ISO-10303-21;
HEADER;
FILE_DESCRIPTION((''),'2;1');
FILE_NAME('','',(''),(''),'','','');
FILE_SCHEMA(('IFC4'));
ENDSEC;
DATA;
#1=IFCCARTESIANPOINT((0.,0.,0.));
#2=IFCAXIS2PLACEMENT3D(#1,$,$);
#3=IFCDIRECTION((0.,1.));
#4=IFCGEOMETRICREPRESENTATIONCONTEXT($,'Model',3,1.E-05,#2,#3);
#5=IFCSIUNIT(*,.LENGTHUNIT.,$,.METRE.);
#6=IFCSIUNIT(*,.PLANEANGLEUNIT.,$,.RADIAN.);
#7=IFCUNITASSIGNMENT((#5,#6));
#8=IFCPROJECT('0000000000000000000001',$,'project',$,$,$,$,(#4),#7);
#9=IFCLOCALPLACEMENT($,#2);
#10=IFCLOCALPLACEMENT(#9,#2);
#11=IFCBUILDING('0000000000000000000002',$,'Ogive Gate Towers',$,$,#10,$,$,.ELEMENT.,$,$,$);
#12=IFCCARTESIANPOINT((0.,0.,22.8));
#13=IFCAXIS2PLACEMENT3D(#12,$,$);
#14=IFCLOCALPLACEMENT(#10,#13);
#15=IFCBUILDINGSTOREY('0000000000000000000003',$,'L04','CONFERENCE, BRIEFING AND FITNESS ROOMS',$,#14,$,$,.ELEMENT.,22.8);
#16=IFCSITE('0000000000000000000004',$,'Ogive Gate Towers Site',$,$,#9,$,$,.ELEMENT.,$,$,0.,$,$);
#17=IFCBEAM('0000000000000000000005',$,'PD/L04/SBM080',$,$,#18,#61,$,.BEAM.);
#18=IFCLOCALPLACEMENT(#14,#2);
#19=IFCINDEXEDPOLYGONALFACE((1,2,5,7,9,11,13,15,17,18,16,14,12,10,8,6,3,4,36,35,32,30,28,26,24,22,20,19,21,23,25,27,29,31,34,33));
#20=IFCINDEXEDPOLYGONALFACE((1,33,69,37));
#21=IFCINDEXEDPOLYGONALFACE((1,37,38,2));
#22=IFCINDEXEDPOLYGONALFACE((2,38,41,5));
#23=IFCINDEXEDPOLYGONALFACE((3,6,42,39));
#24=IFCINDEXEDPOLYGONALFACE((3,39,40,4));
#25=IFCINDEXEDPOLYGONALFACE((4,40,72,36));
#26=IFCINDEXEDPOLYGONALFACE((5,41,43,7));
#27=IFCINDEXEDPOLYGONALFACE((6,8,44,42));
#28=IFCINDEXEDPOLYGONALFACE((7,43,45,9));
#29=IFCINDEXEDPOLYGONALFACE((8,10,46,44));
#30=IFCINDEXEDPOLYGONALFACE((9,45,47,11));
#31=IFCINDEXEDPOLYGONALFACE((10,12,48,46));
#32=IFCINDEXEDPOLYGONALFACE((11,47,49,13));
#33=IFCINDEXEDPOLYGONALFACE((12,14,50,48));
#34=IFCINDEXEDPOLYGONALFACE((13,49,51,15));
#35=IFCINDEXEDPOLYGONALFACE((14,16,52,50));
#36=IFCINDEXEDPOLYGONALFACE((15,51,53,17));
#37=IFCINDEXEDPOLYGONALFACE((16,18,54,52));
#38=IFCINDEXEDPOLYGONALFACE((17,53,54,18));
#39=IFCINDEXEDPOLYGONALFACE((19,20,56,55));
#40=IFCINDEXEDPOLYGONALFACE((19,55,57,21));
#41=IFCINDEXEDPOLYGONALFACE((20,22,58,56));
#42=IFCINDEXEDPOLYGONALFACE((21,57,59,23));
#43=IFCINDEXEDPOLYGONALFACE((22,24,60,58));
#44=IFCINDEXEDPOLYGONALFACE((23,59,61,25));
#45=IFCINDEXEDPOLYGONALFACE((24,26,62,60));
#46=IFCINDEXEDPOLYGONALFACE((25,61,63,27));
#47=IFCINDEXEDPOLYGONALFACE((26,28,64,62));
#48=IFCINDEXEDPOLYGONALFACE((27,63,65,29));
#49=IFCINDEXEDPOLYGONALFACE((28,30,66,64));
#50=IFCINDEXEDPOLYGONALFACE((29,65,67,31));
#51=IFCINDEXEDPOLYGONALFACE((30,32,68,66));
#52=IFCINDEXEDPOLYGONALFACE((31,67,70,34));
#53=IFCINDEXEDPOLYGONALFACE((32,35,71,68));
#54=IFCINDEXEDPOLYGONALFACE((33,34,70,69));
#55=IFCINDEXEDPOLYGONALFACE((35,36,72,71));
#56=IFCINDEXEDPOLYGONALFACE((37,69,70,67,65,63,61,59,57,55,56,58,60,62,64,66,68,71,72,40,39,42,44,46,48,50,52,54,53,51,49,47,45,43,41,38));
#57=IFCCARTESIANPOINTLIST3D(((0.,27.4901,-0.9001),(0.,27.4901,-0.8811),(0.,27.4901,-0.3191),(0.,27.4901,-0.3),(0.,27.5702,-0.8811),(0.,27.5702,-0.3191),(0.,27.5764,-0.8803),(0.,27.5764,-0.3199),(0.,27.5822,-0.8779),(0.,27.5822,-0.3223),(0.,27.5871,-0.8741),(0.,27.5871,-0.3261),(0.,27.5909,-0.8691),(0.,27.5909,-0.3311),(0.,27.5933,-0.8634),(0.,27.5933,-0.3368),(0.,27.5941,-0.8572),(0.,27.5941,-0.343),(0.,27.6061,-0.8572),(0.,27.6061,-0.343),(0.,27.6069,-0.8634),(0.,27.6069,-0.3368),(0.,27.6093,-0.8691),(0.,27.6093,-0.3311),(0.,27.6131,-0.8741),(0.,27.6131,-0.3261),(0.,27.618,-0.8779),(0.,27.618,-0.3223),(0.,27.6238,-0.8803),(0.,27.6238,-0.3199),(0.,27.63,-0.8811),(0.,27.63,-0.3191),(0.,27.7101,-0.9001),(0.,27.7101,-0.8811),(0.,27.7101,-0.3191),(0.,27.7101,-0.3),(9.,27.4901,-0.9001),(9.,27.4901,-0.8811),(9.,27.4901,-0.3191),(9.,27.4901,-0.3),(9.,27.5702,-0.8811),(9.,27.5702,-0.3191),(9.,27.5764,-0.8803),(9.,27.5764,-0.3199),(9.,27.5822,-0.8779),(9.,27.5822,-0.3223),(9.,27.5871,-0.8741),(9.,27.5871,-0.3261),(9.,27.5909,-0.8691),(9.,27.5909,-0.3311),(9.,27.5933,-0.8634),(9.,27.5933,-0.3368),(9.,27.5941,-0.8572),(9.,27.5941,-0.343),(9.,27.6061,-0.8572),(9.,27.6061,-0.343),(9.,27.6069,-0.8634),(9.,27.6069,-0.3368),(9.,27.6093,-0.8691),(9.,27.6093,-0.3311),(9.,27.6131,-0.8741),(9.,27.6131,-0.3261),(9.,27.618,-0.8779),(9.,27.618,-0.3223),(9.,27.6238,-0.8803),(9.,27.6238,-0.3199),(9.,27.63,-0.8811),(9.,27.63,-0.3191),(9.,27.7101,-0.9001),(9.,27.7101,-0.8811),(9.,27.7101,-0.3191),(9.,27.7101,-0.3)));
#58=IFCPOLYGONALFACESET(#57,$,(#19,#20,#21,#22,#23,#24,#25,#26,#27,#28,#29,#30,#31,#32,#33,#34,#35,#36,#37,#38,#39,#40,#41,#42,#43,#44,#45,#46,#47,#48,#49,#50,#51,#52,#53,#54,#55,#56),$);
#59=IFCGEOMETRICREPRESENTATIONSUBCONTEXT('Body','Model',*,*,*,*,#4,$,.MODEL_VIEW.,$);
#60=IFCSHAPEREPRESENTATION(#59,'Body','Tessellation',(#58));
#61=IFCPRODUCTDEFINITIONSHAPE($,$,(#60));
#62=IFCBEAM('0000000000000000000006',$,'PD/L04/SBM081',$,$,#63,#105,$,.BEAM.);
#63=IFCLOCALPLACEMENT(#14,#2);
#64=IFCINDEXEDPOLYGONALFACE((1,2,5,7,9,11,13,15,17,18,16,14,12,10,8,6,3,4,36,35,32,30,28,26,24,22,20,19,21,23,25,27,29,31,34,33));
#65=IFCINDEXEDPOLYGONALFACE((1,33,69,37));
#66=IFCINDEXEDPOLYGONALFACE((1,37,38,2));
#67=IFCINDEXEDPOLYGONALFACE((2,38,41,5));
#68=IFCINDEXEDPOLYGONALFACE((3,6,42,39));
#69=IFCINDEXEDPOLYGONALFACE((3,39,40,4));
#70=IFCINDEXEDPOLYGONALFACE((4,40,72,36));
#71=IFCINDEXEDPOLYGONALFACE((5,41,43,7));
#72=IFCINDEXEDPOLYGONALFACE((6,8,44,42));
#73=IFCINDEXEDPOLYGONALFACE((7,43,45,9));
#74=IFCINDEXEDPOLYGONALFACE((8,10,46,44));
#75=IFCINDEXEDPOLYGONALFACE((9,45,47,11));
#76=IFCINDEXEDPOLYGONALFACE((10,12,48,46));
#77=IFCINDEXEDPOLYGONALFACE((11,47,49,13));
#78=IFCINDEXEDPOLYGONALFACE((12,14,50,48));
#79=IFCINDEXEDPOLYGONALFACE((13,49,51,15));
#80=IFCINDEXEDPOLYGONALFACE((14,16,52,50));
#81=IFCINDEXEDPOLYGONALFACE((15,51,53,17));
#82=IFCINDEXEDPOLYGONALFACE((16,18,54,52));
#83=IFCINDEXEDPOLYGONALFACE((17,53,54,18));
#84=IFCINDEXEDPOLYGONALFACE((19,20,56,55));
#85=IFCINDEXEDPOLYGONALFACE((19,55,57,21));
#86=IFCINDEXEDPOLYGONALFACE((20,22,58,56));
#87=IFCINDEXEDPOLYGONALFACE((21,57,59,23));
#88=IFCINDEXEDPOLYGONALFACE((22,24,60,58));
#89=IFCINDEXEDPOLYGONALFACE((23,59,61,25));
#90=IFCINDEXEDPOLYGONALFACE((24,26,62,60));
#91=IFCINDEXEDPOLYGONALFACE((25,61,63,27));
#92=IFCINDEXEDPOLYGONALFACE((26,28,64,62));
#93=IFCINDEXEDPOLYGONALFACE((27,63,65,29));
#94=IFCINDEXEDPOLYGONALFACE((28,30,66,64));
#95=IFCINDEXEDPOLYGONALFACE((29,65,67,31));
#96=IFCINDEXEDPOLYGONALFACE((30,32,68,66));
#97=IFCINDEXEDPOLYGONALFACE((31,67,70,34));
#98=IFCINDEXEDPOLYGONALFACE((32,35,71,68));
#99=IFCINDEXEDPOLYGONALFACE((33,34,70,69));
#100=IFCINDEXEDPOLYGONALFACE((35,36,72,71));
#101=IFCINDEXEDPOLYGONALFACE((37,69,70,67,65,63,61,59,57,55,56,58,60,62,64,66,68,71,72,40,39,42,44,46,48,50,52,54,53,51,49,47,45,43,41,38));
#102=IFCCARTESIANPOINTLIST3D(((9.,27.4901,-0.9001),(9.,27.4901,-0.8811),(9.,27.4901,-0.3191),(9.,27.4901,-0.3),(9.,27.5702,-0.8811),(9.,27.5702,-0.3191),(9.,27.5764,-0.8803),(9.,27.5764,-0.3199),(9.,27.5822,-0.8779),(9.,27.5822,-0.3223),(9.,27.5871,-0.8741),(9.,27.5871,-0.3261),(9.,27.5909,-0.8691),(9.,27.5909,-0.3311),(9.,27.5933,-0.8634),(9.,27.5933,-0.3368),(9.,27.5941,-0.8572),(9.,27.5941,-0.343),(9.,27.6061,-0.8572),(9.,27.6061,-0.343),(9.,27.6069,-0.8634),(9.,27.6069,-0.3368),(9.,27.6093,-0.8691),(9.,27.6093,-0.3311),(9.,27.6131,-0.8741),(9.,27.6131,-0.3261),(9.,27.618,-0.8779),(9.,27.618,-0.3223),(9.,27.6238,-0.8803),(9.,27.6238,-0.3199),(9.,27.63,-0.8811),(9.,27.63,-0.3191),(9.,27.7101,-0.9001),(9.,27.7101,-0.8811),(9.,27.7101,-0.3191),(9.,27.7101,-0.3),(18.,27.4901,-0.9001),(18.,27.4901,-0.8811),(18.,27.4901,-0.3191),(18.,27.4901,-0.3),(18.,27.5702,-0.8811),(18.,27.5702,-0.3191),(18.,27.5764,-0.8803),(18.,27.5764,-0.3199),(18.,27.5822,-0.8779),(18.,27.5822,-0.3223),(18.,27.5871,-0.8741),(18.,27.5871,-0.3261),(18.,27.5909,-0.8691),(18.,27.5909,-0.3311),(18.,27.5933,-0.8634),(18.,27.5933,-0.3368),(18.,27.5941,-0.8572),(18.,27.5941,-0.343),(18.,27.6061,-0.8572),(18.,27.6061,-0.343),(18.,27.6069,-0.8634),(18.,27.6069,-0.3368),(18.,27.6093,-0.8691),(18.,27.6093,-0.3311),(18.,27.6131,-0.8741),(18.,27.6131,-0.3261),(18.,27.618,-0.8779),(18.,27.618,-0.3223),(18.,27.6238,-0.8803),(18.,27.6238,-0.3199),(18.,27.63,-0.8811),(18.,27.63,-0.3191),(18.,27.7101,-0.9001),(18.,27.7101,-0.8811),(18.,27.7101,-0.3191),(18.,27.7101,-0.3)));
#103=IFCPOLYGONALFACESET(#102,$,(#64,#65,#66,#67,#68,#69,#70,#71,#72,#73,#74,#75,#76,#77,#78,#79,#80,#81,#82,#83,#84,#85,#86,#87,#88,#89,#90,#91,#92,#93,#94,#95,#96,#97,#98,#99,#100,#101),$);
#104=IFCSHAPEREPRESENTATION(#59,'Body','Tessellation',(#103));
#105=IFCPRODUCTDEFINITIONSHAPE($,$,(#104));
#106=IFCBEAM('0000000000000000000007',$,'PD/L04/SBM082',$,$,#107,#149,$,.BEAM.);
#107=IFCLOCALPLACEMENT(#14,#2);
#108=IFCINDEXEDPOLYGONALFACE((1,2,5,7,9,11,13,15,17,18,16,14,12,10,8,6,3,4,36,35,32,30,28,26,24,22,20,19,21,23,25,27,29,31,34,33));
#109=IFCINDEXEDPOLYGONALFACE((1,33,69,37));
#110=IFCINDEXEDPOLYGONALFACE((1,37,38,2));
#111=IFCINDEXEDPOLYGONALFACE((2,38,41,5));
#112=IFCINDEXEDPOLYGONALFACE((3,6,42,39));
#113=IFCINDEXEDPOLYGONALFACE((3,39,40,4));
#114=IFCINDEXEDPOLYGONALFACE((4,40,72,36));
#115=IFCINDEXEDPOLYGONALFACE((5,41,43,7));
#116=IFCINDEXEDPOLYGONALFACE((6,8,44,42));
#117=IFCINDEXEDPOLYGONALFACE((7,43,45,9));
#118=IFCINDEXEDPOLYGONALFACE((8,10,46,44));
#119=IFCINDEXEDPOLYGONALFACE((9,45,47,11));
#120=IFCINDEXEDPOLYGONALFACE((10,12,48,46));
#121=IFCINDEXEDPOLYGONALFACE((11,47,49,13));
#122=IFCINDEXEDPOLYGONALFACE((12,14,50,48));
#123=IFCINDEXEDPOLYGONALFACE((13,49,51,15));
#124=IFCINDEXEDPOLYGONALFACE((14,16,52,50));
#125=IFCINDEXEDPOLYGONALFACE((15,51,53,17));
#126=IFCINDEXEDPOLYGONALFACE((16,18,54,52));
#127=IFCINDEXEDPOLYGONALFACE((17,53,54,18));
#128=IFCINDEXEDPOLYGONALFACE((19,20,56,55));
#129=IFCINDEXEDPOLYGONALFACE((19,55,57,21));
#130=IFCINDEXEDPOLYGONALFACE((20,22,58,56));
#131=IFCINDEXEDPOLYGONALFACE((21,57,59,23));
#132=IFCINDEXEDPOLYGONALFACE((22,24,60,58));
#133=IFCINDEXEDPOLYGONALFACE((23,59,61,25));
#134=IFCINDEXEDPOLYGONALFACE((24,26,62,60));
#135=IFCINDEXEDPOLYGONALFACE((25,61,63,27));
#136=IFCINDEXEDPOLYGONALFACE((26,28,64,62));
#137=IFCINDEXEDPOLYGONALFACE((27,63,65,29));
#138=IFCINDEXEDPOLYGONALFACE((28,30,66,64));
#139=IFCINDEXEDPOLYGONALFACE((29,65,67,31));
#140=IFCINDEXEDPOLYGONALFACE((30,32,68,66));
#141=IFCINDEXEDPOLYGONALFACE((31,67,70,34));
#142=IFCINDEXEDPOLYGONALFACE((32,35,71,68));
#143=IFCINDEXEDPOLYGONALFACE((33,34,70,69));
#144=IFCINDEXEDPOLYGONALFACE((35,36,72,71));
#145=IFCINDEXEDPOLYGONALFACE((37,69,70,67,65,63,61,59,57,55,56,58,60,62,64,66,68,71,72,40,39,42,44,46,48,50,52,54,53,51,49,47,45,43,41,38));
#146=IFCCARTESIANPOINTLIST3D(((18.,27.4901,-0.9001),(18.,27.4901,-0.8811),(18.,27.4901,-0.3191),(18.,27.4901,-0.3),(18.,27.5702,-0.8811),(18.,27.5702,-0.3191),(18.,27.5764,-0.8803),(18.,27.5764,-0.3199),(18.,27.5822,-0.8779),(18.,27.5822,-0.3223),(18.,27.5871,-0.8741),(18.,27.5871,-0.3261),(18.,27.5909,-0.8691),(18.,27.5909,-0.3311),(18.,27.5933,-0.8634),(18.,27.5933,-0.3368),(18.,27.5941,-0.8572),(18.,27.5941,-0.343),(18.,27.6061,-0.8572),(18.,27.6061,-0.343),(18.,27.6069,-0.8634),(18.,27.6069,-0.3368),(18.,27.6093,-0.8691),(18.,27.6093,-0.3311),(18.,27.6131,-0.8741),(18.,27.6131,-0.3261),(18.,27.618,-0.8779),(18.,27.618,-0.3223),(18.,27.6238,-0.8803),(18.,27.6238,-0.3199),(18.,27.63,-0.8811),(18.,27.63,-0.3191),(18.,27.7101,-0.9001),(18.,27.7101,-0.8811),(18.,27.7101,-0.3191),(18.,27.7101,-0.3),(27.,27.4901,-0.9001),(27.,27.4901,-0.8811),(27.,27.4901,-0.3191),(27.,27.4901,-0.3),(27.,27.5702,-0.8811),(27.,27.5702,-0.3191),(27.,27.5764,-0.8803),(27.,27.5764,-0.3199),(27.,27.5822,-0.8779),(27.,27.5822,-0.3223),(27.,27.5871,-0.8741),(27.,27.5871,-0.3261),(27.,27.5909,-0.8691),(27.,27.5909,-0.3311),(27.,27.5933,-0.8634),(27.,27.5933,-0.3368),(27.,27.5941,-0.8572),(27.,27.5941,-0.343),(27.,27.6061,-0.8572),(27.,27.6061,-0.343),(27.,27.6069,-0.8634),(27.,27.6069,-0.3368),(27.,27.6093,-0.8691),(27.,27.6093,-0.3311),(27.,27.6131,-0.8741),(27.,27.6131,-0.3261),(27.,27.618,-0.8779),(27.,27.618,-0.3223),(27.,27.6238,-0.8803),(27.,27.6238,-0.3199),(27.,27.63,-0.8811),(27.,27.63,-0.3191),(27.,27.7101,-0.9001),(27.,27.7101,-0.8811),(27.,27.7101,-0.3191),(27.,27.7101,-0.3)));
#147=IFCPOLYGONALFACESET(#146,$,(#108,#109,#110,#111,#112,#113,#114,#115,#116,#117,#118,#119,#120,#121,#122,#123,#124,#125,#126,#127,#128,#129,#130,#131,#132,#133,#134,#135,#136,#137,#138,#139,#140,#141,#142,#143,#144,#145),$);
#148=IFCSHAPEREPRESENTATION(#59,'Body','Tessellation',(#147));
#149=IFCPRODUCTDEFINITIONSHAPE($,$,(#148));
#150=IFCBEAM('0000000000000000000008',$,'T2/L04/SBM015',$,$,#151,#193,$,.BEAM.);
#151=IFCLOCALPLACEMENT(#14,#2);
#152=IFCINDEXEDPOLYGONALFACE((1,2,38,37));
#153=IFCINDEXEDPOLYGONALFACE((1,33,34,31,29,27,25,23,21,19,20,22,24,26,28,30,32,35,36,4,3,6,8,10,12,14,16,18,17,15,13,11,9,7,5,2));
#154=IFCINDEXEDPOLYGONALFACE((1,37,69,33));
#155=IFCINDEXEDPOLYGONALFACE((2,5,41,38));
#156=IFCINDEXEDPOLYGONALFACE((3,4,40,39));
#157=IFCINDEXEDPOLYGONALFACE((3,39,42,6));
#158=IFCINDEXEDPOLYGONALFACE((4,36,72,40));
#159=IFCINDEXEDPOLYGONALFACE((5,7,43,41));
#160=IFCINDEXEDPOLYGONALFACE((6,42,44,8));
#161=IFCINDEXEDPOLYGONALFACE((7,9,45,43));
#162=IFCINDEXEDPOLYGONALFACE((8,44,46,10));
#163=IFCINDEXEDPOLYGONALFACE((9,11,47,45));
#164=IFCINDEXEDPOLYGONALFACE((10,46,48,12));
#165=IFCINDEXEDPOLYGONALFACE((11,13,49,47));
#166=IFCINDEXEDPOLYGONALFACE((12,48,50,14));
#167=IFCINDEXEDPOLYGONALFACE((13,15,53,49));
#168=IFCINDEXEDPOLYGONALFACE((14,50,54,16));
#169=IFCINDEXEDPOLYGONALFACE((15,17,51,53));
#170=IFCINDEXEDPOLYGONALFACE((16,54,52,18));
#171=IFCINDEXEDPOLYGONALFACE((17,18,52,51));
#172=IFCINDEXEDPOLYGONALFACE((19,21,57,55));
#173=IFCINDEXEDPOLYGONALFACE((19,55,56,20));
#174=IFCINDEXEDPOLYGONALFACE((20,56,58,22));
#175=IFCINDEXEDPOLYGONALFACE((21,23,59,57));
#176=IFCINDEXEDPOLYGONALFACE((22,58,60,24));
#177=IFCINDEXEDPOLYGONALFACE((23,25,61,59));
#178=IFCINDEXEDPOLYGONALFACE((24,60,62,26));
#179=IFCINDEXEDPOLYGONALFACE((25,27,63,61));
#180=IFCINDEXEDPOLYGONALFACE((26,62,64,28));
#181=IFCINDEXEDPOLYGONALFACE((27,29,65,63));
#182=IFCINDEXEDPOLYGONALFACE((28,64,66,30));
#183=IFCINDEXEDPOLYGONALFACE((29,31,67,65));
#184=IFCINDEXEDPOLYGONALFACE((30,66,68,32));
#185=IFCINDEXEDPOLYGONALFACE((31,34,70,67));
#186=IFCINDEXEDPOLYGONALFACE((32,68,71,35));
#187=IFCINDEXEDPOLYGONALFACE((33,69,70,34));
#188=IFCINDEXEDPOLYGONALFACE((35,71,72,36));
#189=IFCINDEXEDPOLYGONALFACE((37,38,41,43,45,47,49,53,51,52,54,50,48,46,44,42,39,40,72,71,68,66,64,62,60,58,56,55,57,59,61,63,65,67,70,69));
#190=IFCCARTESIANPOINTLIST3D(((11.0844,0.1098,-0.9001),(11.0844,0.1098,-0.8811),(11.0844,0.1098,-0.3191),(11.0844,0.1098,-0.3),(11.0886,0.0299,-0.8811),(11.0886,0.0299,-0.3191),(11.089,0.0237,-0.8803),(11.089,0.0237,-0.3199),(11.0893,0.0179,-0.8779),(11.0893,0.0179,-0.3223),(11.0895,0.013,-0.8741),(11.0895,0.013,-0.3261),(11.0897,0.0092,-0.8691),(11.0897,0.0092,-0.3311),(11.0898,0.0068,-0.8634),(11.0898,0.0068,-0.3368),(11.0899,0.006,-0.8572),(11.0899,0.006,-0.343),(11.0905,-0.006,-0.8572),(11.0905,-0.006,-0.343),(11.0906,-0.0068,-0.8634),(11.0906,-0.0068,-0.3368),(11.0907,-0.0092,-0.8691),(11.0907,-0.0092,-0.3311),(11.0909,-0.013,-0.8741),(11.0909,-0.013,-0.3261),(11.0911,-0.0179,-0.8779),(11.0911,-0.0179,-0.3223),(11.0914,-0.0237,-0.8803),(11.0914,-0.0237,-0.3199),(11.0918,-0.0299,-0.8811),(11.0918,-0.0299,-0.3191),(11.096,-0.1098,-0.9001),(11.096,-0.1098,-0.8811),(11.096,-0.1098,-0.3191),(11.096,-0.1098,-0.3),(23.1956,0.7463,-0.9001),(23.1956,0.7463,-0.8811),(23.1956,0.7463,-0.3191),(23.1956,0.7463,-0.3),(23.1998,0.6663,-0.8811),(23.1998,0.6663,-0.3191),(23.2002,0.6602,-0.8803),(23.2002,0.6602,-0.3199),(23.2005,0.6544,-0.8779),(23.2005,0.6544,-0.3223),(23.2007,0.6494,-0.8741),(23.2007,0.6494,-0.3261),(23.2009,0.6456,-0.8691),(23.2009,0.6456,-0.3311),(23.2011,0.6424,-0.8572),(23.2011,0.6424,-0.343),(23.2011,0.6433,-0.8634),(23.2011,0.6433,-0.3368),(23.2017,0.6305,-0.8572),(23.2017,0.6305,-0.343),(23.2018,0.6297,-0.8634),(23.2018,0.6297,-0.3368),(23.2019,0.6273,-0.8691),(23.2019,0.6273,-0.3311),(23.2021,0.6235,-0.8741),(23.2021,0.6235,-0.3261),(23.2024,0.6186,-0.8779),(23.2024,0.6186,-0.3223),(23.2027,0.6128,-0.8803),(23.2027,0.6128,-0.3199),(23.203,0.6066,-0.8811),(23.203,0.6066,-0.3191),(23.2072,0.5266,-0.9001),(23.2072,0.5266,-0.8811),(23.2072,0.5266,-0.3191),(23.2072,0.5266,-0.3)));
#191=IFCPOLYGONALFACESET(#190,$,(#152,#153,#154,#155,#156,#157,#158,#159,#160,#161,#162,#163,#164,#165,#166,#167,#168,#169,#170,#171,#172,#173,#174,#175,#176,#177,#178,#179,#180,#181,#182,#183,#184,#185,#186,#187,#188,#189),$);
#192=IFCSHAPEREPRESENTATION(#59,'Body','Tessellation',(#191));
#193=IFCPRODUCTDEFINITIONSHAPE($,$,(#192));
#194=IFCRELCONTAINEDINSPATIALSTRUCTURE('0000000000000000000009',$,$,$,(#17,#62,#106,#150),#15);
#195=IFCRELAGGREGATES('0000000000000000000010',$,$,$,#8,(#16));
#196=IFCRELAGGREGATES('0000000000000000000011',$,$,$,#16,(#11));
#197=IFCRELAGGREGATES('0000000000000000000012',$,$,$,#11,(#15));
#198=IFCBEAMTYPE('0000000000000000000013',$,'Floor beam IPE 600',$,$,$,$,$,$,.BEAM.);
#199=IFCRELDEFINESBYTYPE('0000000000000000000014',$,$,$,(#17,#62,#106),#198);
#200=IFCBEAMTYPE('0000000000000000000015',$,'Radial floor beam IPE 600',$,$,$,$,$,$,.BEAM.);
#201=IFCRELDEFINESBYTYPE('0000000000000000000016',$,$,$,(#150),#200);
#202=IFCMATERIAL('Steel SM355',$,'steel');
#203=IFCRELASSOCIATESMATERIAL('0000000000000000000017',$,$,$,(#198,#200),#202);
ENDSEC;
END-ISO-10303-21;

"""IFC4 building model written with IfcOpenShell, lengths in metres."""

from ifc_helpers import new_model, si_unit, direction, frame, origin, origin_2d, place, context, subcontext, project, spatial, i_section, extrude, material, material_profile, profile_set, type_object, element, save


model = new_model("IFC4")

# Units and contexts
model_context = context("Model", 3, precision=1e-05, world=origin(), true_north=direction((0.0, 1.0)))
body_context = subcontext(model_context, "Body", "Model", "MODEL_VIEW")
ifc_project = project(units=[si_unit("LENGTHUNIT", "METRE"), si_unit("PLANEANGLEUNIT", "RADIAN")], contexts=[model_context])

# Site, building, storey
site_placement = place(None, origin())
site = spatial("IfcSite", under=ifc_project, at=site_placement, Name="Ogive Gate Towers Site", CompositionType="ELEMENT", RefElevation=0.0)
building_placement = place(site_placement, origin())
building = spatial("IfcBuilding", under=site, at=building_placement, Name="Ogive Gate Towers", CompositionType="ELEMENT")
storey_placement = place(building_placement, frame((0.0, 0.0, 22.8)))
storey = spatial("IfcBuildingStorey", under=building, at=storey_placement, Name="L04", Description="CONFERENCE, BRIEFING AND FITNESS ROOMS", CompositionType="ELEMENT", Elevation=22.8)

# Beams
ifc_material_1 = material(Name="Steel SM355", Category="steel")
ifc_material_profile_1 = material_profile(ifc_material_1, i_section(OverallWidth=0.22, OverallDepth=0.6001, WebThickness=0.012, FlangeThickness=0.019, FilletRadius=0.0239, at=origin_2d()), Name="IPE 600")
ifc_profile_set_1 = profile_set([ifc_material_profile_1], Name="Steel SM355")
beam_type_1 = type_object("IfcBeamType", Name="Floor beam IPE 600", PredefinedType="BEAM", material=ifc_profile_set_1)
for number, where, z_axis, x_axis, name in (
    (1, (0.0, 27.6001, -0.6001), (1.0, 0.0, 0.0), (0.0, 1.0, 0.0), "PD/L04/SBM080"),
    (2, (9.0, 27.6001, -0.6001), (1.0, 0.0, 0.0), (0.0, 1.0, 0.0), "PD/L04/SBM081"),
    (3, (18.0, 27.6001, -0.6001), (1.0, 0.0, 0.0), (0.0, 1.0, 0.0), "PD/L04/SBM082"),
):
    element("IfcBeam", number, at=place(storey_placement, frame(where, z_axis=z_axis, x_axis=x_axis)), inside=storey, type_object=beam_type_1, Name=name, PredefinedType="BEAM", context=body_context, shape_type="SweptSolid", body=[
        extrude(i_section(OverallWidth=0.22, OverallDepth=0.6001, WebThickness=0.012, FlangeThickness=0.019, FilletRadius=0.0239, at=origin_2d()), origin(), (0.0, 0.0, 1.0), 9.0),
    ])
ifc_material_profile_2 = material_profile(ifc_material_1, i_section(OverallWidth=0.22, OverallDepth=0.6001, WebThickness=0.012, FlangeThickness=0.019, FilletRadius=0.0239, at=origin_2d()), Name="IPE 600")
ifc_profile_set_2 = profile_set([ifc_material_profile_2], Name="Steel SM355")
beam_type_2 = type_object("IfcBeamType", Name="Radial floor beam IPE 600", PredefinedType="BEAM", material=ifc_profile_set_2)
beam_1_placement = place(storey_placement, frame((23.2014, 0.6365, -0.6001), z_axis=(-0.998622, -0.05248, 0.0), x_axis=(0.05248, -0.998622, 0.0)))
element("IfcBeam", 4, at=beam_1_placement, inside=storey, type_object=beam_type_2, Name="T2/L04/SBM015", PredefinedType="BEAM", context=body_context, shape_type="SweptSolid", body=[
    extrude(i_section(OverallWidth=0.22, OverallDepth=0.6001, WebThickness=0.012, FlangeThickness=0.019, FilletRadius=0.0239, at=origin_2d()), origin(), (0.0, 0.0, 1.0), 12.1279),
])

save(model, "model.ifc")
